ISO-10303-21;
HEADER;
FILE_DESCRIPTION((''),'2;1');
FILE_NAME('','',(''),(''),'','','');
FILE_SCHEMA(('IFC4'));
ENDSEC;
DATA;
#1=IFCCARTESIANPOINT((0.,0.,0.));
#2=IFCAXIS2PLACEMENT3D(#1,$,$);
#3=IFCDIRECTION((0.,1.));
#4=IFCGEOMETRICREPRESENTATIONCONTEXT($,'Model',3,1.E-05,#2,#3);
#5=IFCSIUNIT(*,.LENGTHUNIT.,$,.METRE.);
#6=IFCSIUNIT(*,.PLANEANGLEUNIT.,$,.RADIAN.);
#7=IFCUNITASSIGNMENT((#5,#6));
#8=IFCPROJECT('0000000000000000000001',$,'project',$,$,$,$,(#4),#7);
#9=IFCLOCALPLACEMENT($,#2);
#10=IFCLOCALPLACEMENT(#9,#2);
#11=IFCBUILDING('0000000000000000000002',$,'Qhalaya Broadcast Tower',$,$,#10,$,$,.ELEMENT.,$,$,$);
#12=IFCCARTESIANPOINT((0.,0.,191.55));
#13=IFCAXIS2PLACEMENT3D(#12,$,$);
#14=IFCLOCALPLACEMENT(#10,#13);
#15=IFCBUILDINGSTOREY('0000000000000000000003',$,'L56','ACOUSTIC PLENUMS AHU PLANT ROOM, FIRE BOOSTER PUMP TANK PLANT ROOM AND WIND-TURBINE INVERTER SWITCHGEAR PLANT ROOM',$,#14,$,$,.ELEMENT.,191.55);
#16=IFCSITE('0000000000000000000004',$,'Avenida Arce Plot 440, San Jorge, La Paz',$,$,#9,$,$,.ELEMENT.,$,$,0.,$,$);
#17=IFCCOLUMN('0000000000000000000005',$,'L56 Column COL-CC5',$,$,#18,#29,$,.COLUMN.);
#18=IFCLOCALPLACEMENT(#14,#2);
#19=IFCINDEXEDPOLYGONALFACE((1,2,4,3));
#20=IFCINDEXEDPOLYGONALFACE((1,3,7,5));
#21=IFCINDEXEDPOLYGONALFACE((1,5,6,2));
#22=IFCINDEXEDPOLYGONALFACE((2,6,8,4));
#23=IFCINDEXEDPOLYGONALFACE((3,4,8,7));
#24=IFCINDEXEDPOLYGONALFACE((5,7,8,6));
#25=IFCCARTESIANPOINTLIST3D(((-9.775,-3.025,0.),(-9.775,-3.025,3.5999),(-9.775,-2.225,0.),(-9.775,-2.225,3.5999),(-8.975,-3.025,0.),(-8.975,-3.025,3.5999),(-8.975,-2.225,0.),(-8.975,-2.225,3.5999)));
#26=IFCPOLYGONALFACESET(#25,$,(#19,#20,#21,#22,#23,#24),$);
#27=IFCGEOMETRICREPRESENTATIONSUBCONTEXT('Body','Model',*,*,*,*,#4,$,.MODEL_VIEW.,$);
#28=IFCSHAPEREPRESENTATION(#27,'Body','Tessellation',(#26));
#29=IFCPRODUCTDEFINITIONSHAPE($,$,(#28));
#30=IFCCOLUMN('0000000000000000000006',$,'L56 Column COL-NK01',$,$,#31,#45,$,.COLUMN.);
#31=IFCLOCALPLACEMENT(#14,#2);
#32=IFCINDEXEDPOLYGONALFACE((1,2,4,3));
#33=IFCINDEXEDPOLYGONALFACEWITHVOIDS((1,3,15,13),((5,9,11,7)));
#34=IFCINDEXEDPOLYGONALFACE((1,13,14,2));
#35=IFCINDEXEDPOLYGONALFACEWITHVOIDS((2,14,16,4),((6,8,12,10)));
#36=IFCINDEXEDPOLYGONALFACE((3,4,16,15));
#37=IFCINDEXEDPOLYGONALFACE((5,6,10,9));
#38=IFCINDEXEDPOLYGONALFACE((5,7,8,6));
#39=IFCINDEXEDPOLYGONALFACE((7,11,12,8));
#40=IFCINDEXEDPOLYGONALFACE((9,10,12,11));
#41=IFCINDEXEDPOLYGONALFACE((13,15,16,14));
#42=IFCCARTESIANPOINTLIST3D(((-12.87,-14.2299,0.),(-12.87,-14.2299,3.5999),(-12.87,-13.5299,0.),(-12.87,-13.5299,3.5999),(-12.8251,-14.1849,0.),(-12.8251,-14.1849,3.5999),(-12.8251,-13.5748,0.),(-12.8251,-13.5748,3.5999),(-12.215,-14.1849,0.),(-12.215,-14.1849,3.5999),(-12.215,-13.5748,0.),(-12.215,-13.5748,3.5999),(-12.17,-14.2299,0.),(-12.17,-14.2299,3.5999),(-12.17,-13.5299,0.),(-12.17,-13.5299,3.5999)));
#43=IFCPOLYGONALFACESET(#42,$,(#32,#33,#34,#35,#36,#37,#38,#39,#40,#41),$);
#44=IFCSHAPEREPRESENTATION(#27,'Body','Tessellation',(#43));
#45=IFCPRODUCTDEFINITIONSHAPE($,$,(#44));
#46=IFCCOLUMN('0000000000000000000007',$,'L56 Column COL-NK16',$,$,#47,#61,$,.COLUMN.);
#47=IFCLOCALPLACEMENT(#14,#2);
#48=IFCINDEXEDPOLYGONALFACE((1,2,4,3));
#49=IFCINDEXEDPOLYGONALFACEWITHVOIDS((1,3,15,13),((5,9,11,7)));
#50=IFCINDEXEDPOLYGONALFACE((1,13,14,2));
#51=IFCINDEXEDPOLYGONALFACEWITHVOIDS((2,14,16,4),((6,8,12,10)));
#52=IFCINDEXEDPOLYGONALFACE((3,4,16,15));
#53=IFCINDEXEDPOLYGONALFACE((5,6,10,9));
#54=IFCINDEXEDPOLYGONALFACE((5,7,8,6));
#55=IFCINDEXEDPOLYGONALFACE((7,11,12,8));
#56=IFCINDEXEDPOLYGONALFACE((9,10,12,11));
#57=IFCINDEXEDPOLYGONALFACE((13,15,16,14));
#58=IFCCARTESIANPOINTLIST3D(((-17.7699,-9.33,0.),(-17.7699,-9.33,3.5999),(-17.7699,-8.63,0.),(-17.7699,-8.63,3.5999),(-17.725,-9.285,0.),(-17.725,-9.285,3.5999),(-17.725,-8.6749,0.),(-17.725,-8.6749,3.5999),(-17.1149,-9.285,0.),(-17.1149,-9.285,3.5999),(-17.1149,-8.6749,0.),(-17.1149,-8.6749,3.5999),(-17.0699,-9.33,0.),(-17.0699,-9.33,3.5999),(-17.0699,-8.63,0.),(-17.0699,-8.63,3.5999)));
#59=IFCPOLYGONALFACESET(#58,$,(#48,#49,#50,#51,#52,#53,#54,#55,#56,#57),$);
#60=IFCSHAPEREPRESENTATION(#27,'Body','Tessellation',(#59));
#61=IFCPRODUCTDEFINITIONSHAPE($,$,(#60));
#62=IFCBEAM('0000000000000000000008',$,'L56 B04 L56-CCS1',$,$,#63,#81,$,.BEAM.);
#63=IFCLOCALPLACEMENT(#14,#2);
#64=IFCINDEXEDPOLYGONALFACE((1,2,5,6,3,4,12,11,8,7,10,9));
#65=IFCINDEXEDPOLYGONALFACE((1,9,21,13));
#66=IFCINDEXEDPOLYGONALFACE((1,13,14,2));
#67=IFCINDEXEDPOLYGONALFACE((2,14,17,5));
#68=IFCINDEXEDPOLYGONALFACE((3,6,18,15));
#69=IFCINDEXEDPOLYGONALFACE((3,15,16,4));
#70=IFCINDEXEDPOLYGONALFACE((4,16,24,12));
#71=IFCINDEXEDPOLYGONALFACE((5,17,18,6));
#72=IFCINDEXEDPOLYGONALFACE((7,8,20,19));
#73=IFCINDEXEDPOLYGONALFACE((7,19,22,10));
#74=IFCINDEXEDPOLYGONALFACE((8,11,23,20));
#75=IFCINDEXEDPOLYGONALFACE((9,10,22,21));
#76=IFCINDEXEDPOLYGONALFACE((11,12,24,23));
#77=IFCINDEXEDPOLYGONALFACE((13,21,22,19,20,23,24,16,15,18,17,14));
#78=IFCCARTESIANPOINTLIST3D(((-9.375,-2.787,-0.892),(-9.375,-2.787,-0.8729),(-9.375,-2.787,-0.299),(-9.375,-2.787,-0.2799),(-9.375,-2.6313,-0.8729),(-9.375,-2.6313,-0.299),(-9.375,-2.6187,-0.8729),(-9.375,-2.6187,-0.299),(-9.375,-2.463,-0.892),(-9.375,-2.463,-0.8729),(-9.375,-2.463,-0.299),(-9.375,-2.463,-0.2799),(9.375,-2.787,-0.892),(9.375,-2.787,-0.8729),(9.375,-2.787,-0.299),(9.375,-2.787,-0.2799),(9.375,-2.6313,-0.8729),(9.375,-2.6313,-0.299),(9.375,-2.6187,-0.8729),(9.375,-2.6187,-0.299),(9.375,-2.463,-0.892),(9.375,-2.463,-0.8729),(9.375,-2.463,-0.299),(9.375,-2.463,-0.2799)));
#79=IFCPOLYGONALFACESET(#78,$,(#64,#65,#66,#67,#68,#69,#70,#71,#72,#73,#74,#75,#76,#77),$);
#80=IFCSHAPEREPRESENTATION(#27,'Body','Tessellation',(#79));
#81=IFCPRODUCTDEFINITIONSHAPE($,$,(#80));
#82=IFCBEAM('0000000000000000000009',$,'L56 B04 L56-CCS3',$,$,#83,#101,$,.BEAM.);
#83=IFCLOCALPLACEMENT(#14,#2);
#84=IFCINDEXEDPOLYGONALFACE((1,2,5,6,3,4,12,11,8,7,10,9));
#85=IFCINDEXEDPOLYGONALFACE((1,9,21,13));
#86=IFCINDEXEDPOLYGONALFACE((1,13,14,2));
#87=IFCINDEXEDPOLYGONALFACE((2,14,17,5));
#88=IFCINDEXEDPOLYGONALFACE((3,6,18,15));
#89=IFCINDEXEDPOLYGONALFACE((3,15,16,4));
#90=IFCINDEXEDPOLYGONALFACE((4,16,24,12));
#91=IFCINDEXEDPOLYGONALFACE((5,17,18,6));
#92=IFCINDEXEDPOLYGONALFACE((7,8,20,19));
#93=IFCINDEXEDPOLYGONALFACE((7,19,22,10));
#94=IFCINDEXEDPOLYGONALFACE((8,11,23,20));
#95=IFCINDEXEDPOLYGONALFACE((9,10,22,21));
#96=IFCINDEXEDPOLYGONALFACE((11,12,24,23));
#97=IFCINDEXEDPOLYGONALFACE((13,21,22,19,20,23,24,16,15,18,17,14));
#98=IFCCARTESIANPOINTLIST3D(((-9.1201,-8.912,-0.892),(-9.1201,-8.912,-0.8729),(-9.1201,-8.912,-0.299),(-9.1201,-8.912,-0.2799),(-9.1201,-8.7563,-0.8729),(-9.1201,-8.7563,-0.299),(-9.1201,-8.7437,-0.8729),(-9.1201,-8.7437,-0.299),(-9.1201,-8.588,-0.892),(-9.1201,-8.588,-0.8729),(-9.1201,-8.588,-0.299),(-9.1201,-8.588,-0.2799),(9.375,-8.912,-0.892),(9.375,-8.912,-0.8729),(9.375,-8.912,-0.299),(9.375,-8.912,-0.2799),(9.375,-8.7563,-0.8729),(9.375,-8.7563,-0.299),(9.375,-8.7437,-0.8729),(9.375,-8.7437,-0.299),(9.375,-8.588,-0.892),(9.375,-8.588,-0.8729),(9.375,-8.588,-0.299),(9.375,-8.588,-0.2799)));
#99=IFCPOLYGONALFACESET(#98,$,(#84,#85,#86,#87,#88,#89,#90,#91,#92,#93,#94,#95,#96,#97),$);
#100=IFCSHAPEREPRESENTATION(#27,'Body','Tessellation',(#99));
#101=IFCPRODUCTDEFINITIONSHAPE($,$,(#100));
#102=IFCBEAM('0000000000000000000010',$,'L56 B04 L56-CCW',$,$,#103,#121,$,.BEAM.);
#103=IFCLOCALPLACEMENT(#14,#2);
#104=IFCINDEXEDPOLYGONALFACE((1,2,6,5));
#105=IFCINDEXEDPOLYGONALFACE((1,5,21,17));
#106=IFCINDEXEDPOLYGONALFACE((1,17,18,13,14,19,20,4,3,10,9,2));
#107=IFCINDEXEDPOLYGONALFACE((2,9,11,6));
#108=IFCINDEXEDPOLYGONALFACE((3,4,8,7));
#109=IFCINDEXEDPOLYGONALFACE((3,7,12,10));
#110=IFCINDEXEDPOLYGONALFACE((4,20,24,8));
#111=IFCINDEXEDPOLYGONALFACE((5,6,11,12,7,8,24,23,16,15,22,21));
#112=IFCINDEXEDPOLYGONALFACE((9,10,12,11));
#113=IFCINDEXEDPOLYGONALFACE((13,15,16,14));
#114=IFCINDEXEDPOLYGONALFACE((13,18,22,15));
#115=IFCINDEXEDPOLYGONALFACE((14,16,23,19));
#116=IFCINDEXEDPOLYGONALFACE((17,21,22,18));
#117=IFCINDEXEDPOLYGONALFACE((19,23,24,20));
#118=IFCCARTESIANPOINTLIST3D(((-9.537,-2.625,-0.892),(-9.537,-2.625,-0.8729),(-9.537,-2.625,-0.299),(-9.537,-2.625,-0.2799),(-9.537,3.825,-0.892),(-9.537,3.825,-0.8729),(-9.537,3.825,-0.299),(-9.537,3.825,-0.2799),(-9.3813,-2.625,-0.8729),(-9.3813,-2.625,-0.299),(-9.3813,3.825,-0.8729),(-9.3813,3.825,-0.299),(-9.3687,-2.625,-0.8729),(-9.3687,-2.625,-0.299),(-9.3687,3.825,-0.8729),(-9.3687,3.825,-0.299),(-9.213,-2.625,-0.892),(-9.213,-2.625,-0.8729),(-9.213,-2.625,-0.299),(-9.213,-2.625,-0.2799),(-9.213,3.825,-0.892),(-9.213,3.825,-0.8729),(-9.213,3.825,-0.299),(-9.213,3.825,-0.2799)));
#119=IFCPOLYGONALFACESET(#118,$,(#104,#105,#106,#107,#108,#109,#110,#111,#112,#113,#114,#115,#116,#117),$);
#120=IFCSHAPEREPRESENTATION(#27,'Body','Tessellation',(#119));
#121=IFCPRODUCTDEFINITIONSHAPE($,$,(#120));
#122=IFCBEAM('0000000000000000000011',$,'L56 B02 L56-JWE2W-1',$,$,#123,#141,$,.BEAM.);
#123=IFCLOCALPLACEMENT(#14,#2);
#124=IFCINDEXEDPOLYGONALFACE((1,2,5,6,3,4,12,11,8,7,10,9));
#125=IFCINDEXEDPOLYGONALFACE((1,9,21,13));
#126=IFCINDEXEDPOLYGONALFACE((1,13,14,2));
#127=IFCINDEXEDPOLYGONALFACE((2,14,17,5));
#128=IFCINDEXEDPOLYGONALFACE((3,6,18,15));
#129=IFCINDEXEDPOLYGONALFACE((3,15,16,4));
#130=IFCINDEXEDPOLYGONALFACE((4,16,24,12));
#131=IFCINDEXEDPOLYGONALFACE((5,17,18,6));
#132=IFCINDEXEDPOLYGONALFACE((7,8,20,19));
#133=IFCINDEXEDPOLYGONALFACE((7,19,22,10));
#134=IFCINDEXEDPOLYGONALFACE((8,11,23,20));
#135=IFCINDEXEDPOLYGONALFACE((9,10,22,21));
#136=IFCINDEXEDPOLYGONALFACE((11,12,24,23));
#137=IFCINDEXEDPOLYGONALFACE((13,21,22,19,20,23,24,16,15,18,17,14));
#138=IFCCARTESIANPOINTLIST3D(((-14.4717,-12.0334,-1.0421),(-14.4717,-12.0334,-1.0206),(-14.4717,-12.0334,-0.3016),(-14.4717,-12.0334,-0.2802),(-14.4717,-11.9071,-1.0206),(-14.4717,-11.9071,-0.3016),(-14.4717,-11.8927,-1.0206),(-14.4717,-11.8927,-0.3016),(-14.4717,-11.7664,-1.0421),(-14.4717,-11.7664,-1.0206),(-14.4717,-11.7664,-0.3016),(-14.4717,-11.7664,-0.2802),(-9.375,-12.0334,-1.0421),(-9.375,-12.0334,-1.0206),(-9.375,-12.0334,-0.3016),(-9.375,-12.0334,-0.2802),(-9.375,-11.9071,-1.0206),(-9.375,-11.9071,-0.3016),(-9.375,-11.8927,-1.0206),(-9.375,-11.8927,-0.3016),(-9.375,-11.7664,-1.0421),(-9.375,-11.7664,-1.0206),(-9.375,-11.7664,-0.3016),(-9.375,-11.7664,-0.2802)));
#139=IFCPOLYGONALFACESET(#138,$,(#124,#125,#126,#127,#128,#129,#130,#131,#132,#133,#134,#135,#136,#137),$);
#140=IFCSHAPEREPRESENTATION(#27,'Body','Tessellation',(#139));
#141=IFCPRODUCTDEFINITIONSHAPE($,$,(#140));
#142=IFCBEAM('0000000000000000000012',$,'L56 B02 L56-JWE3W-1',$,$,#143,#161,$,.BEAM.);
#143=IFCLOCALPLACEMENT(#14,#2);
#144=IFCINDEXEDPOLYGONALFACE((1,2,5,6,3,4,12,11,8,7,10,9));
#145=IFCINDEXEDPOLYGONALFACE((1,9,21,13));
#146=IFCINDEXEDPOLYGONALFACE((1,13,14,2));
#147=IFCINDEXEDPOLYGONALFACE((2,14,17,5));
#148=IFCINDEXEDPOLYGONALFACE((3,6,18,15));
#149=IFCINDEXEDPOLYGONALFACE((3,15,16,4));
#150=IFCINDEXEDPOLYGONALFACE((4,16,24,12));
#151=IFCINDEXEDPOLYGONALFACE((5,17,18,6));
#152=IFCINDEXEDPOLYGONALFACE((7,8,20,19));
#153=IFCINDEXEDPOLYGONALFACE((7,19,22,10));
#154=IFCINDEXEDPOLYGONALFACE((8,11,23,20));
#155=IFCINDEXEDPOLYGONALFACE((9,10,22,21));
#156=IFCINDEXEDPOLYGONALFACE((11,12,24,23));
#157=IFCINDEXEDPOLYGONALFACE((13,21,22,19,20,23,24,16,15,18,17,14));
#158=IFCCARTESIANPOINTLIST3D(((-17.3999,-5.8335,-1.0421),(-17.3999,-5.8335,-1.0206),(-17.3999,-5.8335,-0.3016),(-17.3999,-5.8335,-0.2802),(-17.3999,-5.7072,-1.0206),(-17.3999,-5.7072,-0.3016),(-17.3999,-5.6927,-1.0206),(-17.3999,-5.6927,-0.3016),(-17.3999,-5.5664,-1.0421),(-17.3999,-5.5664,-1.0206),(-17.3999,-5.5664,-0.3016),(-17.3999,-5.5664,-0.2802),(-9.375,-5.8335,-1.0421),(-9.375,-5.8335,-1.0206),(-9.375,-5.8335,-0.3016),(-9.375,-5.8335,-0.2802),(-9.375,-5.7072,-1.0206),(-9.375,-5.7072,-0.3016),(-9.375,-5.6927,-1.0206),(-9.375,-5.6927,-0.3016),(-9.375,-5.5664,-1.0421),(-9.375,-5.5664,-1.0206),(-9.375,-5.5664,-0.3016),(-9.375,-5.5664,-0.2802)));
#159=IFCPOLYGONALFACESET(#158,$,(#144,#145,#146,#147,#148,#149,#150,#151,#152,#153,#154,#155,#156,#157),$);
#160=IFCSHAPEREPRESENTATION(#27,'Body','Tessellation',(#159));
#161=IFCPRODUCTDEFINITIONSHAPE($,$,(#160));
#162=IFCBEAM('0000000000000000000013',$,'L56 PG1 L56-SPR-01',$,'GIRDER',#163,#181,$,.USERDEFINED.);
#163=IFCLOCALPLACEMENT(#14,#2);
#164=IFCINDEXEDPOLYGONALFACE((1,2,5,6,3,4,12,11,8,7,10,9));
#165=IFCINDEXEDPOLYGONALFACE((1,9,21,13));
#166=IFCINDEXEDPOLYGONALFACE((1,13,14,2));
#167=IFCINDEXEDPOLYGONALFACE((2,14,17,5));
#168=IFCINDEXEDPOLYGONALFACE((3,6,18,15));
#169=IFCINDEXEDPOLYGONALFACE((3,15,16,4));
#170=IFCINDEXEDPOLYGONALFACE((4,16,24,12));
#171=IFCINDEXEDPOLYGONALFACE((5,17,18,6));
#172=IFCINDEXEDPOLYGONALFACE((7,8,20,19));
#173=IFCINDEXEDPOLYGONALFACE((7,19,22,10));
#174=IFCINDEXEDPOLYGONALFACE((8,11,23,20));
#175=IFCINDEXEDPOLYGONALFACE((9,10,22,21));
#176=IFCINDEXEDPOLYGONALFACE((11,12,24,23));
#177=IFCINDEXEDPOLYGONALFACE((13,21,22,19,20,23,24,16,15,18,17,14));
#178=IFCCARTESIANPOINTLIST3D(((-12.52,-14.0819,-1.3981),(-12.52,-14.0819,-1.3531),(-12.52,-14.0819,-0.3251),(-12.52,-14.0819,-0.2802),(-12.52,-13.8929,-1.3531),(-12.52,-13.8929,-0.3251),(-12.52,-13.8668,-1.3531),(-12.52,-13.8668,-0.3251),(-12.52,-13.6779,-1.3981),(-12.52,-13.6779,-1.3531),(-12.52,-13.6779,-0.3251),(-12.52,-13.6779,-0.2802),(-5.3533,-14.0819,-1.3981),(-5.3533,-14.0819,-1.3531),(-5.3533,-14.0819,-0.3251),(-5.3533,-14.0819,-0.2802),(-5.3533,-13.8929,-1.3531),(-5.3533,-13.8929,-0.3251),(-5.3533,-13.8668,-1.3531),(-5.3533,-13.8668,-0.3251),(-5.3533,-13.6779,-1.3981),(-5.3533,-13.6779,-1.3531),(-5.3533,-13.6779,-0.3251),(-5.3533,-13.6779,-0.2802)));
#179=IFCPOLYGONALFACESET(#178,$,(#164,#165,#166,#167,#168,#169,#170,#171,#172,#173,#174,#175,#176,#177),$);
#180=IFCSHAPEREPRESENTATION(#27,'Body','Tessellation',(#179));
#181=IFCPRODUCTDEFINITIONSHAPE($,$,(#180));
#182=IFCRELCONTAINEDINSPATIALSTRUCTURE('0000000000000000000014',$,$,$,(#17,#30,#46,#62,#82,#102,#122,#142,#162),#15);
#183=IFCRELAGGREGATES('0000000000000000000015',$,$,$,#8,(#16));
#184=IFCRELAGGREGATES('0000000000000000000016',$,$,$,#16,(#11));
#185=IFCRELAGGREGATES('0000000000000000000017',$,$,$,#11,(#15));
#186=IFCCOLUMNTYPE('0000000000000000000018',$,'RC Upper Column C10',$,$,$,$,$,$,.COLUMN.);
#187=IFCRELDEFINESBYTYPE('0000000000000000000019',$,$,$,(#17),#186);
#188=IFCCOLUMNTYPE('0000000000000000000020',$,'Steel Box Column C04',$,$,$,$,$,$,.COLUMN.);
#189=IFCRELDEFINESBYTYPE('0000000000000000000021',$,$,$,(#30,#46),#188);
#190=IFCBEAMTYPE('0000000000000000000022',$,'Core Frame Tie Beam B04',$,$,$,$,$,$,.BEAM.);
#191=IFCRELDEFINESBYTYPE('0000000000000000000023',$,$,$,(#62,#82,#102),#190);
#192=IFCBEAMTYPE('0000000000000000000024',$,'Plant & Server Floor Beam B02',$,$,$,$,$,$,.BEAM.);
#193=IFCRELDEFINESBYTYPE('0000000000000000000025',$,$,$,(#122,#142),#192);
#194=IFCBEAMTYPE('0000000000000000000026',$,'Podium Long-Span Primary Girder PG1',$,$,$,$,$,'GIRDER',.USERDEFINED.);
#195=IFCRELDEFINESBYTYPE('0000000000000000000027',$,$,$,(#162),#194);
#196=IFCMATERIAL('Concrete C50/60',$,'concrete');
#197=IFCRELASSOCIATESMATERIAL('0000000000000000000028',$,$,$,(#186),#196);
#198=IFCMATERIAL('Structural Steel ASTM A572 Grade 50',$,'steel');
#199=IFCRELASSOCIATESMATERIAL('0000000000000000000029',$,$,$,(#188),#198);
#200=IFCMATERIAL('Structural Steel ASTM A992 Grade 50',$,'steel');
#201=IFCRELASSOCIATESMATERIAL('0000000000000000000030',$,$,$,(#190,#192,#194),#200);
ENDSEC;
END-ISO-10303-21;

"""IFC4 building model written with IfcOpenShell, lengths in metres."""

from ifc_helpers import new_model, si_unit, direction, frame, origin, origin_2d, place, context, subcontext, project, spatial, rectangle, hollow_rectangle, i_section, extrude, material, material_profile, profile_set, type_object, element, save


model = new_model("IFC4")

# Units and contexts
model_context = context("Model", 3, precision=1e-05, world=origin(), true_north=direction((0.0, 1.0)))
body_context = subcontext(model_context, "Body", "Model", "MODEL_VIEW")
ifc_project = project(units=[si_unit("LENGTHUNIT", "METRE"), si_unit("PLANEANGLEUNIT", "RADIAN")], contexts=[model_context])

# Site, building, storey
site_placement = place(None, origin())
site = spatial("IfcSite", under=ifc_project, at=site_placement, Name="Avenida Arce Plot 440, San Jorge, La Paz", CompositionType="ELEMENT", RefElevation=0.0)
building_placement = place(site_placement, origin())
building = spatial("IfcBuilding", under=site, at=building_placement, Name="Qhalaya Broadcast Tower", CompositionType="ELEMENT")
storey_placement = place(building_placement, frame((0.0, 0.0, 191.55)))
storey = spatial("IfcBuildingStorey", under=building, at=storey_placement, Name="L56", Description="ACOUSTIC PLENUMS AHU PLANT ROOM, FIRE BOOSTER PUMP TANK PLANT ROOM AND WIND-TURBINE INVERTER SWITCHGEAR PLANT ROOM", CompositionType="ELEMENT", Elevation=191.55)

# Columns
ifc_material_1 = material(Name="Concrete C50/60", Category="concrete")
ifc_material_profile_1 = material_profile(ifc_material_1, rectangle(XDim=0.8, YDim=0.8, at=origin_2d()), Name="RC-COL 800x800")
ifc_profile_set_1 = profile_set([ifc_material_profile_1], Name="Concrete C50/60")
column_type_1 = type_object("IfcColumnType", Name="RC Upper Column C10", PredefinedType="COLUMN", material=ifc_profile_set_1)
column_placement = place(storey_placement, frame((-9.375, -2.625, 0.0), z_axis=(0.0, 0.0, 1.0), x_axis=(1.0, 0.0, 0.0)))
element("IfcColumn", 1, at=column_placement, inside=storey, type_object=column_type_1, Name="L56 Column COL-CC5", PredefinedType="COLUMN", context=body_context, shape_type="SweptSolid", body=[
    extrude(rectangle(XDim=0.8, YDim=0.8, at=origin_2d()), origin(), (0.0, 0.0, 1.0), 3.5999),
])
ifc_material_2 = material(Name="Structural Steel ASTM A572 Grade 50", Category="steel")
ifc_material_profile_2 = material_profile(ifc_material_2, hollow_rectangle(XDim=0.7, YDim=0.7, WallThickness=0.0449, at=origin_2d()), Name="BOX 700x700x45")
ifc_profile_set_2 = profile_set([ifc_material_profile_2], Name="Structural Steel ASTM A572 Grade 50")
column_type_2 = type_object("IfcColumnType", Name="Steel Box Column C04", PredefinedType="COLUMN", material=ifc_profile_set_2)
for number, where, z_axis, x_axis, name in (
    (2, (-12.52, -13.8799, 0.0), (0.0, 0.0, 1.0), (1.0, 0.0, 0.0), "L56 Column COL-NK01"),
    (3, (-17.4199, -8.98, 0.0), (0.0, 0.0, 1.0), (0.0, 1.0, 0.0), "L56 Column COL-NK16"),
):
    element("IfcColumn", number, at=place(storey_placement, frame(where, z_axis=z_axis, x_axis=x_axis)), inside=storey, type_object=column_type_2, Name=name, PredefinedType="COLUMN", context=body_context, shape_type="SweptSolid", body=[
        extrude(hollow_rectangle(XDim=0.7, YDim=0.7, WallThickness=0.0449, at=origin_2d()), origin(), (0.0, 0.0, 1.0), 3.5999),
    ])

# Beams
ifc_material_3 = material(Name="Structural Steel ASTM A992 Grade 50", Category="steel")
ifc_material_profile_3 = material_profile(ifc_material_3, i_section(OverallWidth=0.324, OverallDepth=0.6121, WebThickness=0.0127, FlangeThickness=0.019, at=origin_2d()), Name="W24X104")
ifc_profile_set_3 = profile_set([ifc_material_profile_3], Name="Structural Steel ASTM A992 Grade 50")
beam_type_1 = type_object("IfcBeamType", Name="Core Frame Tie Beam B04", PredefinedType="BEAM", material=ifc_profile_set_3)
beam_1_placement = place(storey_placement, frame((-9.375, -2.625, -0.5859), z_axis=(1.0, 0.0, 0.0), x_axis=(0.0, 1.0, 0.0)))
element("IfcBeam", 4, at=beam_1_placement, inside=storey, type_object=beam_type_1, Name="L56 B04 L56-CCS1", PredefinedType="BEAM", context=body_context, shape_type="SweptSolid", body=[
    extrude(i_section(OverallWidth=0.324, OverallDepth=0.6121, WebThickness=0.0127, FlangeThickness=0.019, at=origin_2d()), origin(), (0.0, 0.0, 1.0), 18.75),
])
beam_2_placement = place(storey_placement, frame((-9.1201, -8.75, -0.5859), z_axis=(1.0, 0.0, 0.0), x_axis=(0.0, 1.0, 0.0)))
element("IfcBeam", 5, at=beam_2_placement, inside=storey, type_object=beam_type_1, Name="L56 B04 L56-CCS3", PredefinedType="BEAM", context=body_context, shape_type="SweptSolid", body=[
    extrude(i_section(OverallWidth=0.324, OverallDepth=0.6121, WebThickness=0.0127, FlangeThickness=0.019, at=origin_2d()), origin(), (0.0, 0.0, 1.0), 18.4951),
])
beam_3_placement = place(storey_placement, frame((-9.375, -2.625, -0.5859), z_axis=(0.0, 1.0, 0.0), x_axis=(-1.0, 0.0, 0.0)))
element("IfcBeam", 6, at=beam_3_placement, inside=storey, type_object=beam_type_1, Name="L56 B04 L56-CCW", PredefinedType="BEAM", context=body_context, shape_type="SweptSolid", body=[
    extrude(i_section(OverallWidth=0.324, OverallDepth=0.6121, WebThickness=0.0127, FlangeThickness=0.019, at=origin_2d()), origin(), (0.0, 0.0, 1.0), 6.45),
])
ifc_material_profile_4 = material_profile(ifc_material_3, i_section(OverallWidth=0.2671, OverallDepth=0.762, WebThickness=0.0144, FlangeThickness=0.0215, at=origin_2d()), Name="W30X116")
ifc_profile_set_4 = profile_set([ifc_material_profile_4], Name="Structural Steel ASTM A992 Grade 50")
beam_type_2 = type_object("IfcBeamType", Name="Plant & Server Floor Beam B02", PredefinedType="BEAM", material=ifc_profile_set_4)
beam_4_placement = place(storey_placement, frame((-14.4717, -11.8999, -0.6611), z_axis=(1.0, 0.0, 0.0), x_axis=(0.0, 1.0, 0.0)))
element("IfcBeam", 7, at=beam_4_placement, inside=storey, type_object=beam_type_2, Name="L56 B02 L56-JWE2W-1", PredefinedType="BEAM", context=body_context, shape_type="SweptSolid", body=[
    extrude(i_section(OverallWidth=0.2671, OverallDepth=0.762, WebThickness=0.0144, FlangeThickness=0.0215, at=origin_2d()), origin(), (0.0, 0.0, 1.0), 5.0967),
])
beam_5_placement = place(storey_placement, frame((-17.3999, -5.7, -0.6611), z_axis=(1.0, 0.0, 0.0), x_axis=(0.0, 1.0, 0.0)))
element("IfcBeam", 8, at=beam_5_placement, inside=storey, type_object=beam_type_2, Name="L56 B02 L56-JWE3W-1", PredefinedType="BEAM", context=body_context, shape_type="SweptSolid", body=[
    extrude(i_section(OverallWidth=0.2671, OverallDepth=0.762, WebThickness=0.0144, FlangeThickness=0.0215, at=origin_2d()), origin(), (0.0, 0.0, 1.0), 8.0249),
])
ifc_material_profile_5 = material_profile(ifc_material_3, i_section(OverallWidth=0.4041, OverallDepth=1.1179, WebThickness=0.0261, FlangeThickness=0.0449, at=origin_2d()), Name="W44X335")
ifc_profile_set_5 = profile_set([ifc_material_profile_5], Name="Structural Steel ASTM A992 Grade 50")
beam_type_3 = type_object("IfcBeamType", Name="Podium Long-Span Primary Girder PG1", ElementType="GIRDER", PredefinedType="USERDEFINED", material=ifc_profile_set_5)
beam_6_placement = place(storey_placement, frame((-12.52, -13.8799, -0.8391), z_axis=(1.0, 0.0, 0.0), x_axis=(0.0, 1.0, 0.0)))
element("IfcBeam", 9, at=beam_6_placement, inside=storey, type_object=beam_type_3, Name="L56 PG1 L56-SPR-01", ObjectType="GIRDER", PredefinedType="USERDEFINED", context=body_context, shape_type="SweptSolid", body=[
    extrude(i_section(OverallWidth=0.4041, OverallDepth=1.1179, WebThickness=0.0261, FlangeThickness=0.0449, at=origin_2d()), origin(), (0.0, 0.0, 1.0), 7.1667),
])

save(model, "model.ifc")
